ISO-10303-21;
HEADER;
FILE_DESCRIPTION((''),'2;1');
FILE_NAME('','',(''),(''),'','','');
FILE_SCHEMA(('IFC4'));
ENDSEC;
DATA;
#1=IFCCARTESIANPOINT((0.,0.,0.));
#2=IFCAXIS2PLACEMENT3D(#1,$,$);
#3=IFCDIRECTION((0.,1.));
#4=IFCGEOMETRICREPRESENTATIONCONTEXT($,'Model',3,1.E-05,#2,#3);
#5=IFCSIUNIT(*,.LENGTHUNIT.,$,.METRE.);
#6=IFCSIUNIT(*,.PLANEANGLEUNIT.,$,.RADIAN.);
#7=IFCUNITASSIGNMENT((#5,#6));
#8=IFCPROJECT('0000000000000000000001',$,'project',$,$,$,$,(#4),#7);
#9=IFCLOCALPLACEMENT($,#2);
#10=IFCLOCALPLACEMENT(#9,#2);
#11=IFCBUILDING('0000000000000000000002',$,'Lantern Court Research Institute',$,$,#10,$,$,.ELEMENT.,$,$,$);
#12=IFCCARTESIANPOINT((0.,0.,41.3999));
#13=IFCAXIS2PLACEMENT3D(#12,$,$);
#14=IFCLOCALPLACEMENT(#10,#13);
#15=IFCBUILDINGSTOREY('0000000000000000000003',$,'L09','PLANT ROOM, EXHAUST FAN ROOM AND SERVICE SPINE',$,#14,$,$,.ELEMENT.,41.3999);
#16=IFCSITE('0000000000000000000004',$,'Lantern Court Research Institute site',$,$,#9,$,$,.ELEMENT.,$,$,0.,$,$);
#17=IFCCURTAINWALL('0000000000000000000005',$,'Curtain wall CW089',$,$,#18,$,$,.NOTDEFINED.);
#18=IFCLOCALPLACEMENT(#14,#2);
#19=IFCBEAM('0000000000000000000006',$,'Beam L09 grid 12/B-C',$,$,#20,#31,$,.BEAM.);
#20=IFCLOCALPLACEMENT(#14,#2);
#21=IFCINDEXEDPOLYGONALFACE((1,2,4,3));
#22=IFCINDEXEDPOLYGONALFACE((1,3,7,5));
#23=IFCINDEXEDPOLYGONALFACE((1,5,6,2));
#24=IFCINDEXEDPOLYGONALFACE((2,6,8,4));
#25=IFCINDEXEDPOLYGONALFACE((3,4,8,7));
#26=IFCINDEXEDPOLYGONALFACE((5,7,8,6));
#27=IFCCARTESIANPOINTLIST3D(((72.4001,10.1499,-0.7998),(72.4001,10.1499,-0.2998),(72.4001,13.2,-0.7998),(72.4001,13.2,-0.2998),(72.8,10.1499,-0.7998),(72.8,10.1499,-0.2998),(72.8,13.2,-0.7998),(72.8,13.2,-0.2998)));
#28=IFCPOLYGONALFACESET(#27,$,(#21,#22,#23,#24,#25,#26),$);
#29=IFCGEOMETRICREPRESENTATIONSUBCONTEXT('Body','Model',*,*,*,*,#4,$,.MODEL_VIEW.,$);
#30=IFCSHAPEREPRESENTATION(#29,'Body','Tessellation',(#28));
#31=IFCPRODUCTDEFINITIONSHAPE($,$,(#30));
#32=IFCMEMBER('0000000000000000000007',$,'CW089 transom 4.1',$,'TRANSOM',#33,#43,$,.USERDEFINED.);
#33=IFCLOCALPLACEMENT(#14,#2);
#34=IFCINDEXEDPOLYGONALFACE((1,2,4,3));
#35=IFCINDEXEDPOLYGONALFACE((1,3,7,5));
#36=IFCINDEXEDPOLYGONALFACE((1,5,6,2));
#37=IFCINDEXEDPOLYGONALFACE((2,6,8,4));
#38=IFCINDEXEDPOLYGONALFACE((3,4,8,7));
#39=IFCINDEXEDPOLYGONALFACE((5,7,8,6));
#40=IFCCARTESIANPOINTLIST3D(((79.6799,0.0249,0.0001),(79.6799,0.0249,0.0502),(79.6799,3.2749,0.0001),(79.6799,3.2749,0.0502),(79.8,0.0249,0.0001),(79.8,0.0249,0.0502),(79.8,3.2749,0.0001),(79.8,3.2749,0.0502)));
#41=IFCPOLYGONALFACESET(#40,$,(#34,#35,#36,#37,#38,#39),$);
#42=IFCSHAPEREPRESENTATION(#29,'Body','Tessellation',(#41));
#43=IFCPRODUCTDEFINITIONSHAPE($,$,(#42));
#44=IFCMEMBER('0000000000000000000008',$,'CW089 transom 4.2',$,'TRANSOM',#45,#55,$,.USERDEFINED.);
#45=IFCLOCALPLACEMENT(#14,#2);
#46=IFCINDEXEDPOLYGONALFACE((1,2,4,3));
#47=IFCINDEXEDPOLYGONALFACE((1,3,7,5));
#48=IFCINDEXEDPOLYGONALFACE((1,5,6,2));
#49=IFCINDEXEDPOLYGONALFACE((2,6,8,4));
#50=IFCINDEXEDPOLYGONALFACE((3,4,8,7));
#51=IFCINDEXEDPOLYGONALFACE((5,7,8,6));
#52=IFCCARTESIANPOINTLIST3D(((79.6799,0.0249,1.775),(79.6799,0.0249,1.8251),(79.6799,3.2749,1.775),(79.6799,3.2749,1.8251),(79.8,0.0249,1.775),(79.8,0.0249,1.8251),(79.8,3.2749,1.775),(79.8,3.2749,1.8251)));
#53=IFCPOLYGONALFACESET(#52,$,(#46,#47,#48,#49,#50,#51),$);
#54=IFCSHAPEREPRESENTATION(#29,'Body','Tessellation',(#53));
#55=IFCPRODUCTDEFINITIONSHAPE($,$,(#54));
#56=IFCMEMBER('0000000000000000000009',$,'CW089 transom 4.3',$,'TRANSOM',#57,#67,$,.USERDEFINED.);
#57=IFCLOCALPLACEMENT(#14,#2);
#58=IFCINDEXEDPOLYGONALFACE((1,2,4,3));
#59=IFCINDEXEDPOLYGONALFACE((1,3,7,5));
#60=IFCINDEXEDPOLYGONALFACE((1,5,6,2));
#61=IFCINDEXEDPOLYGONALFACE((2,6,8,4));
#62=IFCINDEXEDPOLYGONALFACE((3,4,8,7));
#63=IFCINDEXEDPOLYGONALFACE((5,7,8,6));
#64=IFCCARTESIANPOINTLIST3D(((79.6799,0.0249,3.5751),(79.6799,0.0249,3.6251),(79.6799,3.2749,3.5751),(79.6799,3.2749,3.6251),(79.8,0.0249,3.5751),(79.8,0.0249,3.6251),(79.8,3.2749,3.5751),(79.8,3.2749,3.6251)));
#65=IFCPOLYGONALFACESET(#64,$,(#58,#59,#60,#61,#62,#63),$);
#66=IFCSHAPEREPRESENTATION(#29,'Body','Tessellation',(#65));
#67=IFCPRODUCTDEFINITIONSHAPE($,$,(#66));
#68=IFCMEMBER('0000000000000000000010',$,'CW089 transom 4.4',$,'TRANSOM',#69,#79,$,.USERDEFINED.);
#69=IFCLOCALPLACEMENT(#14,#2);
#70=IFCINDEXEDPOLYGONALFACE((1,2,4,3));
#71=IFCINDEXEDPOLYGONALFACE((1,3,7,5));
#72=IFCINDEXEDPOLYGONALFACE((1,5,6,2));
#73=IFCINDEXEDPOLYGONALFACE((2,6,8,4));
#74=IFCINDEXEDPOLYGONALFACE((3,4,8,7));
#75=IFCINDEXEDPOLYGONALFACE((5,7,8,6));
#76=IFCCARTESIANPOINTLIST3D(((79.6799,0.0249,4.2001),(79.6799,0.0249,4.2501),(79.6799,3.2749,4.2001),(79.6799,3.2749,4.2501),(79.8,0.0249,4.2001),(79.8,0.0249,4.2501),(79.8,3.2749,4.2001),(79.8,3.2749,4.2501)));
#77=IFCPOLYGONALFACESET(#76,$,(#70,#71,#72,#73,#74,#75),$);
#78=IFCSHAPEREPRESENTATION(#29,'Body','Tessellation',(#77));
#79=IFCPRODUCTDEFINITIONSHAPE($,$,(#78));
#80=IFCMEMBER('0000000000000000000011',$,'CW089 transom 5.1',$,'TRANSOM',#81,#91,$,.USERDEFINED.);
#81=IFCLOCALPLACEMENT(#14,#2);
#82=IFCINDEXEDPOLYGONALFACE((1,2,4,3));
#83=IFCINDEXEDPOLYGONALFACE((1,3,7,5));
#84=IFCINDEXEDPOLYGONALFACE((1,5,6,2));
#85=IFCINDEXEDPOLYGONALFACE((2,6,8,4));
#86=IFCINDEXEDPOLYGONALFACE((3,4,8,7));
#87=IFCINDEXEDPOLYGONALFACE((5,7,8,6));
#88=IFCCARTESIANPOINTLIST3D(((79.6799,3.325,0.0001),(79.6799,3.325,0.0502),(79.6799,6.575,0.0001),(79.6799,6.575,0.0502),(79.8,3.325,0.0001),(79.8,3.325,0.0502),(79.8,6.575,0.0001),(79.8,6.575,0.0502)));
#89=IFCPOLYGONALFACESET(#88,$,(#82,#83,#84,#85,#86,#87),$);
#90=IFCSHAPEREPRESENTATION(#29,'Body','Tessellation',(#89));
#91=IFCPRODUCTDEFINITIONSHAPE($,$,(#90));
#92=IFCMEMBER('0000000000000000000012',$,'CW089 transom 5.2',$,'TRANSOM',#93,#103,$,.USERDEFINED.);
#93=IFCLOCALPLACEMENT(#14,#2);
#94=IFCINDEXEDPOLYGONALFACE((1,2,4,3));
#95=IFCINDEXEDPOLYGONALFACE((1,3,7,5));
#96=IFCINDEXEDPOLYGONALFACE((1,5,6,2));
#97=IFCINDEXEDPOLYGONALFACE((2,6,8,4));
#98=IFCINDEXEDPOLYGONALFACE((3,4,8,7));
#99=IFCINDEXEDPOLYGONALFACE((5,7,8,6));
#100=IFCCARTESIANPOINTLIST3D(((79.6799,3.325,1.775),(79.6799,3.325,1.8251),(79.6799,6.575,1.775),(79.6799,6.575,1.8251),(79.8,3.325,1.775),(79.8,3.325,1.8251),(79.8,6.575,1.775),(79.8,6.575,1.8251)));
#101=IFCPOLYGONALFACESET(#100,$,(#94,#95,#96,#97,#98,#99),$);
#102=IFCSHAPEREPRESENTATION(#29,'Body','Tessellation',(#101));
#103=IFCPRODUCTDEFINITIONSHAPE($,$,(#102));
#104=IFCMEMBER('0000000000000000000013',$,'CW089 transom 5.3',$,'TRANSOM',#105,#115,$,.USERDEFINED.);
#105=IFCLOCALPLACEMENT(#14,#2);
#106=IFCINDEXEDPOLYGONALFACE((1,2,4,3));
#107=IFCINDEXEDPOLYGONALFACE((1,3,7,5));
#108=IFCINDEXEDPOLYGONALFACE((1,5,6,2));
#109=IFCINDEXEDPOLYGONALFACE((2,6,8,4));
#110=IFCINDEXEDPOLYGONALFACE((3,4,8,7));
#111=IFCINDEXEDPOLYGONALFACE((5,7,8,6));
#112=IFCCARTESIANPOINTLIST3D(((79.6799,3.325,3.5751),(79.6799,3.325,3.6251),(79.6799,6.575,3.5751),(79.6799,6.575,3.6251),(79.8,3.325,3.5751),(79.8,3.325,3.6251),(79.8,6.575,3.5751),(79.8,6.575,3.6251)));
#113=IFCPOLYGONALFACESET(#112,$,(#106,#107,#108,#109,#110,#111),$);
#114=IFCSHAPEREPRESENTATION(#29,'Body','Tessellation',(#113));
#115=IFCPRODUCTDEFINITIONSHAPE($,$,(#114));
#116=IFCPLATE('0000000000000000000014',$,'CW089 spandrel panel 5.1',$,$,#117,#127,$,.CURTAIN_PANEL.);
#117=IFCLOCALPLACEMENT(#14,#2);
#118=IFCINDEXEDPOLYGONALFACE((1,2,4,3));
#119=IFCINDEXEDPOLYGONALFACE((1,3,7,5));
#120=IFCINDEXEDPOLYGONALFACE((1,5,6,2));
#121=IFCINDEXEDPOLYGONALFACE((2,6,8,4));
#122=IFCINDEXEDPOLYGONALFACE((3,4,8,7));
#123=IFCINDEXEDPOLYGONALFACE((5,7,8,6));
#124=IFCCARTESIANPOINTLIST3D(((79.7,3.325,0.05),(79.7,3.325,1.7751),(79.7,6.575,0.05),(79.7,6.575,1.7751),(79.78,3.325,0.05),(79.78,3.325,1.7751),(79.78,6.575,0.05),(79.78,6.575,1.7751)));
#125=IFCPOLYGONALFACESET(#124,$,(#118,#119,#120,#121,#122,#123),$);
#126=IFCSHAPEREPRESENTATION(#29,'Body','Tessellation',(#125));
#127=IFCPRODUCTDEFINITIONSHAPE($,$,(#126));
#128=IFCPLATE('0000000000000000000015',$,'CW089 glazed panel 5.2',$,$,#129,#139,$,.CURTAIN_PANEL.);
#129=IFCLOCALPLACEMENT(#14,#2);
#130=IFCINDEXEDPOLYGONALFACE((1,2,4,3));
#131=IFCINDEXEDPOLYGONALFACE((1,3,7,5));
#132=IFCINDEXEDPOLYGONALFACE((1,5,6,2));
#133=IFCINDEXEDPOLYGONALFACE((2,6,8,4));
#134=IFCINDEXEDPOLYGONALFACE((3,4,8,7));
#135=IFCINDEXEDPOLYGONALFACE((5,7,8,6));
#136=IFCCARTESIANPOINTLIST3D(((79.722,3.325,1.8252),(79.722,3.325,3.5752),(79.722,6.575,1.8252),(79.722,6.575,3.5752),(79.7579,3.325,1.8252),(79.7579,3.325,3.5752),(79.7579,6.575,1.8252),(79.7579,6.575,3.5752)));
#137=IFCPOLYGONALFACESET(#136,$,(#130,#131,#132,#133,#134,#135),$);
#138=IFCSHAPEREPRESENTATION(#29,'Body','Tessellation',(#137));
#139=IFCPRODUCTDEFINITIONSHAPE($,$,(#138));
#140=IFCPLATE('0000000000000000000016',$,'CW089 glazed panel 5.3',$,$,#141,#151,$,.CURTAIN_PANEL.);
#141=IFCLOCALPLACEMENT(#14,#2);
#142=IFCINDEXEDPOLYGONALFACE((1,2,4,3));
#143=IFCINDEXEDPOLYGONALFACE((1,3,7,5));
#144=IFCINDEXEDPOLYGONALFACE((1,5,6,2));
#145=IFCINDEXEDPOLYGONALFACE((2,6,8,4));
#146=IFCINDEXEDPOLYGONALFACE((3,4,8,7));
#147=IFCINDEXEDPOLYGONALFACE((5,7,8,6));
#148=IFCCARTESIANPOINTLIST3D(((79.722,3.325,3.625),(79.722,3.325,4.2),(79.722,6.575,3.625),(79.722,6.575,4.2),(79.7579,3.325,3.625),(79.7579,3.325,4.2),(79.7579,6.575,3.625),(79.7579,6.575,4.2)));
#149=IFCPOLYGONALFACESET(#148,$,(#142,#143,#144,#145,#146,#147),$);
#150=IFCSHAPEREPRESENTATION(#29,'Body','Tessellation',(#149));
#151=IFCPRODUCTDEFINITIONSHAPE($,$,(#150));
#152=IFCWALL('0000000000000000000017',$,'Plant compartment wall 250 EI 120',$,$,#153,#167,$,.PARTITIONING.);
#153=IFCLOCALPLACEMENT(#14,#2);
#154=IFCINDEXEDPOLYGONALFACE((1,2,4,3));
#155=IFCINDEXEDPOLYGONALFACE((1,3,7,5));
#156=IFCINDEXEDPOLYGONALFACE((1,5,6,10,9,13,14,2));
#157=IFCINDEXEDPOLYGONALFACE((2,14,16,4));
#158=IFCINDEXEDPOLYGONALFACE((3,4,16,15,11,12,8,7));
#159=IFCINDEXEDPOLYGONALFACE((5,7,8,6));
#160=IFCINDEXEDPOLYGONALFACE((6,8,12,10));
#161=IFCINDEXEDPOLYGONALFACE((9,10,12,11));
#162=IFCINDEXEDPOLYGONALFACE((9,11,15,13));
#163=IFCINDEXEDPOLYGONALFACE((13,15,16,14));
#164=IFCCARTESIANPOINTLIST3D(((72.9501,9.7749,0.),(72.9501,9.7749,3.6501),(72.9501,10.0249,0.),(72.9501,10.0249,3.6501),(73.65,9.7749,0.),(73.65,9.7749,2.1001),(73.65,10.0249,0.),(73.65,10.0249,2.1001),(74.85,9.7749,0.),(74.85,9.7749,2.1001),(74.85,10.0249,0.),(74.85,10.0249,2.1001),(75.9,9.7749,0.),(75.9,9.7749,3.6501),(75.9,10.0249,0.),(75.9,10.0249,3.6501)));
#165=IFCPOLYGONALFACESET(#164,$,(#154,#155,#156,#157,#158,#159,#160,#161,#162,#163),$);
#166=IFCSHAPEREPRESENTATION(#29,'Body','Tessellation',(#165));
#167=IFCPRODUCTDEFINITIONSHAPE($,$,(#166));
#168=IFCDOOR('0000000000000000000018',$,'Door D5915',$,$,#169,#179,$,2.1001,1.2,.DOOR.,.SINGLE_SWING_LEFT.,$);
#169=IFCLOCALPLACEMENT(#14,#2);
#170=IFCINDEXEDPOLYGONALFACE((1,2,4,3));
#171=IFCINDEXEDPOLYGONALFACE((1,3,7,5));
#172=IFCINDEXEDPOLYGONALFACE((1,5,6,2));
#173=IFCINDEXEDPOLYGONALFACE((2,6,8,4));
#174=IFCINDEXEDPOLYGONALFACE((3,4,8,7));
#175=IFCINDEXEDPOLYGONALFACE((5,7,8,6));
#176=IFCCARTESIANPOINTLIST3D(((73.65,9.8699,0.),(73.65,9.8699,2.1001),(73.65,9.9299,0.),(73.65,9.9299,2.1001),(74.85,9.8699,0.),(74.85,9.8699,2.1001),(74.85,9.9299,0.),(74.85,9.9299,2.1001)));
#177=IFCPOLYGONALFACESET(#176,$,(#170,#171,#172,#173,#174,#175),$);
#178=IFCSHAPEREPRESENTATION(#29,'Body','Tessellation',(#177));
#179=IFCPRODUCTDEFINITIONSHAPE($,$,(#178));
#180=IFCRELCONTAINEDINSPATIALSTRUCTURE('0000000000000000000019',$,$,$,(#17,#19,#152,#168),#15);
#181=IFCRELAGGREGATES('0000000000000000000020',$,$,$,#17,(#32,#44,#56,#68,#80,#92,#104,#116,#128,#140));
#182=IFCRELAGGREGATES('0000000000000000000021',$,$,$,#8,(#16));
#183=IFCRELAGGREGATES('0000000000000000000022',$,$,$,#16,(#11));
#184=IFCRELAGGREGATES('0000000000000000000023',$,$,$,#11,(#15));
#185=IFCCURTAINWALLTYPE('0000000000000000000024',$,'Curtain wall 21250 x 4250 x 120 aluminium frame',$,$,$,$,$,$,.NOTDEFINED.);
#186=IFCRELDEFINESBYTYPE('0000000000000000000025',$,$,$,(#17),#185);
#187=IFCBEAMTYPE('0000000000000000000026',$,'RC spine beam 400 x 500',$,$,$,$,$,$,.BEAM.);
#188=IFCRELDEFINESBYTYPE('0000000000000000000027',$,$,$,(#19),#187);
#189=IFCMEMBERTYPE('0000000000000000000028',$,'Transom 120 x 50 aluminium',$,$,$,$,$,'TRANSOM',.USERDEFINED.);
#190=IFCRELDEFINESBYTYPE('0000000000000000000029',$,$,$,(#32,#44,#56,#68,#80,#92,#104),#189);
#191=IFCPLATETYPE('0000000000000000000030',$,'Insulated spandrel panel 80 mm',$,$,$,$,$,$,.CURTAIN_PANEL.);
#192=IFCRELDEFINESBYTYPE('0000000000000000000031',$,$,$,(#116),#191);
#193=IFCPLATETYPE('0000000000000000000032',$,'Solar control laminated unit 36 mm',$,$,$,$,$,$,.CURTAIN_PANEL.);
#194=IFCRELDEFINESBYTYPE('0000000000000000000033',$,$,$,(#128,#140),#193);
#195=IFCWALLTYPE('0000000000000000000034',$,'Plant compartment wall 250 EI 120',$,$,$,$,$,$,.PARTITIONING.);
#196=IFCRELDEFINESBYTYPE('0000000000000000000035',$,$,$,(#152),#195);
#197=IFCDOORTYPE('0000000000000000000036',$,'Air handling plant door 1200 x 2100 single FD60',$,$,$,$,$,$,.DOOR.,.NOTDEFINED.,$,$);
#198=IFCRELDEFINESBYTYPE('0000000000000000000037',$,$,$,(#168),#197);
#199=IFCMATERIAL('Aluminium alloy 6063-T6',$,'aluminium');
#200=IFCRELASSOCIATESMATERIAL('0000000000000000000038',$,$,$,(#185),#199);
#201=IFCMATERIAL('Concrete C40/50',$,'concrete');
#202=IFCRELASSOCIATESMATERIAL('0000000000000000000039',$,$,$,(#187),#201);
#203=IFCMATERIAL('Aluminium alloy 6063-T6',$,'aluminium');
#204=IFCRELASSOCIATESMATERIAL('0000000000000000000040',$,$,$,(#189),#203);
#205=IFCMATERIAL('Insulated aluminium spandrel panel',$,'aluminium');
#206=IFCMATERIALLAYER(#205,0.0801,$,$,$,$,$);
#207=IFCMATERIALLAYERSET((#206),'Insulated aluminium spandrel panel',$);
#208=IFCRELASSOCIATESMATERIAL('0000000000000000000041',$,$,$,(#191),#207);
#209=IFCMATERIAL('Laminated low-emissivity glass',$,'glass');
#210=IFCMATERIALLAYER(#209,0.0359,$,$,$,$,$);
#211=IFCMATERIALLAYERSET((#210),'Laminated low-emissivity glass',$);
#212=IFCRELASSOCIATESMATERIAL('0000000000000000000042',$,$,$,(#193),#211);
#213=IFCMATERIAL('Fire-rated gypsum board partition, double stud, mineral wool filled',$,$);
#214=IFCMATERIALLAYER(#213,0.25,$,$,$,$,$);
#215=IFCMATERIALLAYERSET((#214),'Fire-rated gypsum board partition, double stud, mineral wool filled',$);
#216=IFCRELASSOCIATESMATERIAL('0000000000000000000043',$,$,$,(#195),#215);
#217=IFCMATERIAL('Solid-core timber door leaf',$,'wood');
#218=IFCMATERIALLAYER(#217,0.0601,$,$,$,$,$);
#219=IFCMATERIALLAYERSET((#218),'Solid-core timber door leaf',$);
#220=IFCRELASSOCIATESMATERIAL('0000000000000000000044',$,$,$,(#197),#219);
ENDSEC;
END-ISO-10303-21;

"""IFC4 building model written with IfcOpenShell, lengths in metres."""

from ifc_helpers import new_model, si_unit, direction, frame, frame_2d, origin, origin_2d, place, context, subcontext, project, spatial, rectangle, extrude, material, layer, layer_set, material_profile, profile_set, type_object, element, fill, aggregate, save


model = new_model("IFC4")

# Units and contexts
model_context = context("Model", 3, precision=1e-05, world=origin(), true_north=direction((0.0, 1.0)))
body_context = subcontext(model_context, "Body", "Model", "MODEL_VIEW")
ifc_project = project(units=[si_unit("LENGTHUNIT", "METRE"), si_unit("PLANEANGLEUNIT", "RADIAN")], contexts=[model_context])

# Site, building, storey
site_placement = place(None, origin())
site = spatial("IfcSite", under=ifc_project, at=site_placement, Name="Lantern Court Research Institute site", CompositionType="ELEMENT", RefElevation=0.0)
building_placement = place(site_placement, origin())
building = spatial("IfcBuilding", under=site, at=building_placement, Name="Lantern Court Research Institute", CompositionType="ELEMENT")
storey_placement = place(building_placement, frame((0.0, 0.0, 41.3999)))
storey = spatial("IfcBuildingStorey", under=building, at=storey_placement, Name="L09", Description="PLANT ROOM, EXHAUST FAN ROOM AND SERVICE SPINE", CompositionType="ELEMENT", Elevation=41.3999)

# Curtain wall
ifc_material_1 = material(Name="Aluminium alloy 6063-T6", Category="aluminium")
curtain_wall_type = type_object("IfcCurtainWallType", Name="Curtain wall 21250 x 4250 x 120 aluminium frame", PredefinedType="NOTDEFINED", material=ifc_material_1)
curtain_wall_placement = place(storey_placement, origin())
curtain_wall = element("IfcCurtainWall", 1, at=curtain_wall_placement, inside=storey, type_object=curtain_wall_type, Name="Curtain wall CW089", PredefinedType="NOTDEFINED")

# Beam
ifc_material_2 = material(Name="Concrete C40/50", Category="concrete")
ifc_material_profile_1 = material_profile(ifc_material_2, rectangle(XDim=0.3999, YDim=0.5, at=origin_2d()), Name="RC beam 400 x 500")
ifc_profile_set_1 = profile_set([ifc_material_profile_1], Name="Concrete C40/50")
beam_type_1 = type_object("IfcBeamType", Name="RC spine beam 400 x 500", PredefinedType="BEAM", material=ifc_profile_set_1)
beam_1_placement = place(storey_placement, frame((72.6001, 10.1499, -0.5498), z_axis=(0.0, 1.0, 0.0), x_axis=(-1.0, 0.0, 0.0)))
element("IfcBeam", 2, at=beam_1_placement, inside=storey, type_object=beam_type_1, Name="Beam L09 grid 12/B-C", PredefinedType="BEAM", context=body_context, shape_type="SweptSolid", body=[
    extrude(rectangle(XDim=0.3999, YDim=0.5, at=origin_2d()), origin(), (0.0, 0.0, 1.0), 3.05),
])

# Members
ifc_material_3 = material(Name="Aluminium alloy 6063-T6", Category="aluminium")
ifc_material_profile_2 = material_profile(ifc_material_3, rectangle(XDim=0.1201, YDim=0.05, at=origin_2d()), Name="Transom 120 x 50")
ifc_profile_set_2 = profile_set([ifc_material_profile_2], Name="Aluminium alloy 6063-T6")
member_type_1 = type_object("IfcMemberType", Name="Transom 120 x 50 aluminium", ElementType="TRANSOM", PredefinedType="USERDEFINED", material=ifc_profile_set_2)
member_1_placement = place(storey_placement, frame((79.74, 3.2749, 0.0251), z_axis=(0.0, -1.0, 0.0), x_axis=(1.0, 0.0, 0.0)))
member_1 = element("IfcMember", 3, at=member_1_placement, type_object=member_type_1, Name="CW089 transom 4.1", ObjectType="TRANSOM", PredefinedType="USERDEFINED", context=body_context, shape_type="SweptSolid", body=[
    extrude(rectangle(XDim=0.1201, YDim=0.05, at=origin_2d()), origin(), (0.0, 0.0, 1.0), 3.25),
])
member_2_placement = place(storey_placement, frame((79.74, 3.2749, 1.8), z_axis=(0.0, -1.0, 0.0), x_axis=(1.0, 0.0, 0.0)))
member_2 = element("IfcMember", 4, at=member_2_placement, type_object=member_type_1, Name="CW089 transom 4.2", ObjectType="TRANSOM", PredefinedType="USERDEFINED", context=body_context, shape_type="SweptSolid", body=[
    extrude(rectangle(XDim=0.1201, YDim=0.05, at=origin_2d()), origin(), (0.0, 0.0, 1.0), 3.25),
])
member_3_placement = place(storey_placement, frame((79.74, 3.2749, 3.6001), z_axis=(0.0, -1.0, 0.0), x_axis=(1.0, 0.0, 0.0)))
member_3 = element("IfcMember", 5, at=member_3_placement, type_object=member_type_1, Name="CW089 transom 4.3", ObjectType="TRANSOM", PredefinedType="USERDEFINED", context=body_context, shape_type="SweptSolid", body=[
    extrude(rectangle(XDim=0.1201, YDim=0.05, at=origin_2d()), origin(), (0.0, 0.0, 1.0), 3.25),
])
member_4_placement = place(storey_placement, frame((79.74, 3.2749, 4.2251), z_axis=(0.0, -1.0, 0.0), x_axis=(1.0, 0.0, 0.0)))
member_4 = element("IfcMember", 6, at=member_4_placement, type_object=member_type_1, Name="CW089 transom 4.4", ObjectType="TRANSOM", PredefinedType="USERDEFINED", context=body_context, shape_type="SweptSolid", body=[
    extrude(rectangle(XDim=0.1201, YDim=0.05, at=origin_2d()), origin(), (0.0, 0.0, 1.0), 3.25),
])
member_5_placement = place(storey_placement, frame((79.74, 6.575, 0.0251), z_axis=(0.0, -1.0, 0.0), x_axis=(1.0, 0.0, 0.0)))
member_5 = element("IfcMember", 7, at=member_5_placement, type_object=member_type_1, Name="CW089 transom 5.1", ObjectType="TRANSOM", PredefinedType="USERDEFINED", context=body_context, shape_type="SweptSolid", body=[
    extrude(rectangle(XDim=0.1201, YDim=0.05, at=origin_2d()), origin(), (0.0, 0.0, 1.0), 3.25),
])
member_6_placement = place(storey_placement, frame((79.74, 6.575, 1.8), z_axis=(0.0, -1.0, 0.0), x_axis=(1.0, 0.0, 0.0)))
member_6 = element("IfcMember", 8, at=member_6_placement, type_object=member_type_1, Name="CW089 transom 5.2", ObjectType="TRANSOM", PredefinedType="USERDEFINED", context=body_context, shape_type="SweptSolid", body=[
    extrude(rectangle(XDim=0.1201, YDim=0.05, at=origin_2d()), origin(), (0.0, 0.0, 1.0), 3.25),
])
member_7_placement = place(storey_placement, frame((79.74, 6.575, 3.6001), z_axis=(0.0, -1.0, 0.0), x_axis=(1.0, 0.0, 0.0)))
member_7 = element("IfcMember", 9, at=member_7_placement, type_object=member_type_1, Name="CW089 transom 5.3", ObjectType="TRANSOM", PredefinedType="USERDEFINED", context=body_context, shape_type="SweptSolid", body=[
    extrude(rectangle(XDim=0.1201, YDim=0.05, at=origin_2d()), origin(), (0.0, 0.0, 1.0), 3.25),
])

# Plates
ifc_material_4 = material(Name="Insulated aluminium spandrel panel", Category="aluminium")
ifc_layer_1 = layer(ifc_material_4, 0.0801)
ifc_layer_set_1 = layer_set([ifc_layer_1], Name="Insulated aluminium spandrel panel")
plate_type_1 = type_object("IfcPlateType", Name="Insulated spandrel panel 80 mm", PredefinedType="CURTAIN_PANEL", material=ifc_layer_set_1)
plate_1_placement = place(storey_placement, frame((79.74, 4.95, 0.05), z_axis=(0.0, 0.0, 1.0), x_axis=(0.0, -1.0, 0.0)))
plate_1 = element("IfcPlate", 10, at=plate_1_placement, type_object=plate_type_1, Name="CW089 spandrel panel 5.1", PredefinedType="CURTAIN_PANEL", context=body_context, shape_type="SweptSolid", body=[
    extrude(rectangle(XDim=3.25, YDim=0.0801, at=origin_2d()), origin(), (0.0, 0.0, 1.0), 1.7251),
])
ifc_material_5 = material(Name="Laminated low-emissivity glass", Category="glass")
ifc_layer_2 = layer(ifc_material_5, 0.0359)
ifc_layer_set_2 = layer_set([ifc_layer_2], Name="Laminated low-emissivity glass")
plate_type_2 = type_object("IfcPlateType", Name="Solar control laminated unit 36 mm", PredefinedType="CURTAIN_PANEL", material=ifc_layer_set_2)
plate_2_placement = place(storey_placement, frame((79.74, 4.95, 1.8252), z_axis=(0.0, 0.0, 1.0), x_axis=(0.0, -1.0, 0.0)))
plate_2 = element("IfcPlate", 11, at=plate_2_placement, type_object=plate_type_2, Name="CW089 glazed panel 5.2", PredefinedType="CURTAIN_PANEL", context=body_context, shape_type="SweptSolid", body=[
    extrude(rectangle(XDim=3.25, YDim=0.0359, at=origin_2d()), origin(), (0.0, 0.0, 1.0), 1.75),
])
plate_3_placement = place(storey_placement, frame((79.74, 4.95, 3.625), z_axis=(0.0, 0.0, 1.0), x_axis=(0.0, -1.0, 0.0)))
plate_3 = element("IfcPlate", 12, at=plate_3_placement, type_object=plate_type_2, Name="CW089 glazed panel 5.3", PredefinedType="CURTAIN_PANEL", context=body_context, shape_type="SweptSolid", body=[
    extrude(rectangle(XDim=3.25, YDim=0.0359, at=origin_2d()), origin(), (0.0, 0.0, 1.0), 0.575),
])
aggregate(curtain_wall, [member_1, member_2, member_3, member_4, member_5, member_6, member_7, plate_1, plate_2, plate_3])

# Wall, opening, door
ifc_material_6 = material(Name="Fire-rated gypsum board partition, double stud, mineral wool filled")
ifc_layer_3 = layer(ifc_material_6, 0.25)
ifc_layer_set_3 = layer_set([ifc_layer_3], Name="Fire-rated gypsum board partition, double stud, mineral wool filled")
wall_type_1 = type_object("IfcWallType", Name="Plant compartment wall 250 EI 120", PredefinedType="PARTITIONING", material=ifc_layer_set_3)
wall_1_placement = place(storey_placement, frame((72.95, 9.8999, 0.0), z_axis=(0.0, 0.0, 1.0), x_axis=(1.0, 0.0, 0.0)))
wall_1 = element("IfcWall", 13, at=wall_1_placement, inside=storey, type_object=wall_type_1, Name="Plant compartment wall 250 EI 120", PredefinedType="PARTITIONING", context=body_context, shape_type="SweptSolid", body=[
    extrude(rectangle(XDim=2.95, YDim=0.25, at=frame_2d((1.4751, 0.0))), origin(), (0.0, 0.0, 1.0), 3.6501),
])
opening_1_placement = place(wall_1_placement, frame((0.7, 0.0, 0.0)))
opening_1 = element("IfcOpeningElement", 14, at=opening_1_placement, cuts=wall_1, PredefinedType="OPENING", context=body_context, shape_type="SweptSolid", body=[
    extrude(rectangle(XDim=1.2, YDim=2.1001, at=frame_2d((0.6001, 1.05))), frame((0.0, 0.135, 0.0), z_axis=(0.0, -1.0, 0.0), x_axis=(1.0, 0.0, 0.0)), (0.0, 0.0, 1.0), 0.27),
])
ifc_material_7 = material(Name="Solid-core timber door leaf", Category="wood")
ifc_layer_4 = layer(ifc_material_7, 0.0601)
ifc_layer_set_4 = layer_set([ifc_layer_4], Name="Solid-core timber door leaf")
door_type_1 = type_object("IfcDoorType", Name="Air handling plant door 1200 x 2100 single FD60", OperationType="NOTDEFINED", PredefinedType="DOOR", material=ifc_layer_set_4)
door_1_placement = place(opening_1_placement, origin())
door_1 = element("IfcDoor", 15, at=door_1_placement, inside=storey, type_object=door_type_1, Name="Door D5915", OperationType="SINGLE_SWING_LEFT", OverallHeight=2.1001, OverallWidth=1.2, PredefinedType="DOOR", context=body_context, shape_type="SweptSolid", body=[
    extrude(rectangle(XDim=1.2, YDim=2.1001, at=frame_2d((0.6001, 1.05))), frame((0.0, 0.03, 0.0), z_axis=(0.0, -1.0, 0.0), x_axis=(1.0, 0.0, 0.0)), (0.0, 0.0, 1.0), 0.0601),
])
fill(opening_1, door_1)

save(model, "model.ifc")
